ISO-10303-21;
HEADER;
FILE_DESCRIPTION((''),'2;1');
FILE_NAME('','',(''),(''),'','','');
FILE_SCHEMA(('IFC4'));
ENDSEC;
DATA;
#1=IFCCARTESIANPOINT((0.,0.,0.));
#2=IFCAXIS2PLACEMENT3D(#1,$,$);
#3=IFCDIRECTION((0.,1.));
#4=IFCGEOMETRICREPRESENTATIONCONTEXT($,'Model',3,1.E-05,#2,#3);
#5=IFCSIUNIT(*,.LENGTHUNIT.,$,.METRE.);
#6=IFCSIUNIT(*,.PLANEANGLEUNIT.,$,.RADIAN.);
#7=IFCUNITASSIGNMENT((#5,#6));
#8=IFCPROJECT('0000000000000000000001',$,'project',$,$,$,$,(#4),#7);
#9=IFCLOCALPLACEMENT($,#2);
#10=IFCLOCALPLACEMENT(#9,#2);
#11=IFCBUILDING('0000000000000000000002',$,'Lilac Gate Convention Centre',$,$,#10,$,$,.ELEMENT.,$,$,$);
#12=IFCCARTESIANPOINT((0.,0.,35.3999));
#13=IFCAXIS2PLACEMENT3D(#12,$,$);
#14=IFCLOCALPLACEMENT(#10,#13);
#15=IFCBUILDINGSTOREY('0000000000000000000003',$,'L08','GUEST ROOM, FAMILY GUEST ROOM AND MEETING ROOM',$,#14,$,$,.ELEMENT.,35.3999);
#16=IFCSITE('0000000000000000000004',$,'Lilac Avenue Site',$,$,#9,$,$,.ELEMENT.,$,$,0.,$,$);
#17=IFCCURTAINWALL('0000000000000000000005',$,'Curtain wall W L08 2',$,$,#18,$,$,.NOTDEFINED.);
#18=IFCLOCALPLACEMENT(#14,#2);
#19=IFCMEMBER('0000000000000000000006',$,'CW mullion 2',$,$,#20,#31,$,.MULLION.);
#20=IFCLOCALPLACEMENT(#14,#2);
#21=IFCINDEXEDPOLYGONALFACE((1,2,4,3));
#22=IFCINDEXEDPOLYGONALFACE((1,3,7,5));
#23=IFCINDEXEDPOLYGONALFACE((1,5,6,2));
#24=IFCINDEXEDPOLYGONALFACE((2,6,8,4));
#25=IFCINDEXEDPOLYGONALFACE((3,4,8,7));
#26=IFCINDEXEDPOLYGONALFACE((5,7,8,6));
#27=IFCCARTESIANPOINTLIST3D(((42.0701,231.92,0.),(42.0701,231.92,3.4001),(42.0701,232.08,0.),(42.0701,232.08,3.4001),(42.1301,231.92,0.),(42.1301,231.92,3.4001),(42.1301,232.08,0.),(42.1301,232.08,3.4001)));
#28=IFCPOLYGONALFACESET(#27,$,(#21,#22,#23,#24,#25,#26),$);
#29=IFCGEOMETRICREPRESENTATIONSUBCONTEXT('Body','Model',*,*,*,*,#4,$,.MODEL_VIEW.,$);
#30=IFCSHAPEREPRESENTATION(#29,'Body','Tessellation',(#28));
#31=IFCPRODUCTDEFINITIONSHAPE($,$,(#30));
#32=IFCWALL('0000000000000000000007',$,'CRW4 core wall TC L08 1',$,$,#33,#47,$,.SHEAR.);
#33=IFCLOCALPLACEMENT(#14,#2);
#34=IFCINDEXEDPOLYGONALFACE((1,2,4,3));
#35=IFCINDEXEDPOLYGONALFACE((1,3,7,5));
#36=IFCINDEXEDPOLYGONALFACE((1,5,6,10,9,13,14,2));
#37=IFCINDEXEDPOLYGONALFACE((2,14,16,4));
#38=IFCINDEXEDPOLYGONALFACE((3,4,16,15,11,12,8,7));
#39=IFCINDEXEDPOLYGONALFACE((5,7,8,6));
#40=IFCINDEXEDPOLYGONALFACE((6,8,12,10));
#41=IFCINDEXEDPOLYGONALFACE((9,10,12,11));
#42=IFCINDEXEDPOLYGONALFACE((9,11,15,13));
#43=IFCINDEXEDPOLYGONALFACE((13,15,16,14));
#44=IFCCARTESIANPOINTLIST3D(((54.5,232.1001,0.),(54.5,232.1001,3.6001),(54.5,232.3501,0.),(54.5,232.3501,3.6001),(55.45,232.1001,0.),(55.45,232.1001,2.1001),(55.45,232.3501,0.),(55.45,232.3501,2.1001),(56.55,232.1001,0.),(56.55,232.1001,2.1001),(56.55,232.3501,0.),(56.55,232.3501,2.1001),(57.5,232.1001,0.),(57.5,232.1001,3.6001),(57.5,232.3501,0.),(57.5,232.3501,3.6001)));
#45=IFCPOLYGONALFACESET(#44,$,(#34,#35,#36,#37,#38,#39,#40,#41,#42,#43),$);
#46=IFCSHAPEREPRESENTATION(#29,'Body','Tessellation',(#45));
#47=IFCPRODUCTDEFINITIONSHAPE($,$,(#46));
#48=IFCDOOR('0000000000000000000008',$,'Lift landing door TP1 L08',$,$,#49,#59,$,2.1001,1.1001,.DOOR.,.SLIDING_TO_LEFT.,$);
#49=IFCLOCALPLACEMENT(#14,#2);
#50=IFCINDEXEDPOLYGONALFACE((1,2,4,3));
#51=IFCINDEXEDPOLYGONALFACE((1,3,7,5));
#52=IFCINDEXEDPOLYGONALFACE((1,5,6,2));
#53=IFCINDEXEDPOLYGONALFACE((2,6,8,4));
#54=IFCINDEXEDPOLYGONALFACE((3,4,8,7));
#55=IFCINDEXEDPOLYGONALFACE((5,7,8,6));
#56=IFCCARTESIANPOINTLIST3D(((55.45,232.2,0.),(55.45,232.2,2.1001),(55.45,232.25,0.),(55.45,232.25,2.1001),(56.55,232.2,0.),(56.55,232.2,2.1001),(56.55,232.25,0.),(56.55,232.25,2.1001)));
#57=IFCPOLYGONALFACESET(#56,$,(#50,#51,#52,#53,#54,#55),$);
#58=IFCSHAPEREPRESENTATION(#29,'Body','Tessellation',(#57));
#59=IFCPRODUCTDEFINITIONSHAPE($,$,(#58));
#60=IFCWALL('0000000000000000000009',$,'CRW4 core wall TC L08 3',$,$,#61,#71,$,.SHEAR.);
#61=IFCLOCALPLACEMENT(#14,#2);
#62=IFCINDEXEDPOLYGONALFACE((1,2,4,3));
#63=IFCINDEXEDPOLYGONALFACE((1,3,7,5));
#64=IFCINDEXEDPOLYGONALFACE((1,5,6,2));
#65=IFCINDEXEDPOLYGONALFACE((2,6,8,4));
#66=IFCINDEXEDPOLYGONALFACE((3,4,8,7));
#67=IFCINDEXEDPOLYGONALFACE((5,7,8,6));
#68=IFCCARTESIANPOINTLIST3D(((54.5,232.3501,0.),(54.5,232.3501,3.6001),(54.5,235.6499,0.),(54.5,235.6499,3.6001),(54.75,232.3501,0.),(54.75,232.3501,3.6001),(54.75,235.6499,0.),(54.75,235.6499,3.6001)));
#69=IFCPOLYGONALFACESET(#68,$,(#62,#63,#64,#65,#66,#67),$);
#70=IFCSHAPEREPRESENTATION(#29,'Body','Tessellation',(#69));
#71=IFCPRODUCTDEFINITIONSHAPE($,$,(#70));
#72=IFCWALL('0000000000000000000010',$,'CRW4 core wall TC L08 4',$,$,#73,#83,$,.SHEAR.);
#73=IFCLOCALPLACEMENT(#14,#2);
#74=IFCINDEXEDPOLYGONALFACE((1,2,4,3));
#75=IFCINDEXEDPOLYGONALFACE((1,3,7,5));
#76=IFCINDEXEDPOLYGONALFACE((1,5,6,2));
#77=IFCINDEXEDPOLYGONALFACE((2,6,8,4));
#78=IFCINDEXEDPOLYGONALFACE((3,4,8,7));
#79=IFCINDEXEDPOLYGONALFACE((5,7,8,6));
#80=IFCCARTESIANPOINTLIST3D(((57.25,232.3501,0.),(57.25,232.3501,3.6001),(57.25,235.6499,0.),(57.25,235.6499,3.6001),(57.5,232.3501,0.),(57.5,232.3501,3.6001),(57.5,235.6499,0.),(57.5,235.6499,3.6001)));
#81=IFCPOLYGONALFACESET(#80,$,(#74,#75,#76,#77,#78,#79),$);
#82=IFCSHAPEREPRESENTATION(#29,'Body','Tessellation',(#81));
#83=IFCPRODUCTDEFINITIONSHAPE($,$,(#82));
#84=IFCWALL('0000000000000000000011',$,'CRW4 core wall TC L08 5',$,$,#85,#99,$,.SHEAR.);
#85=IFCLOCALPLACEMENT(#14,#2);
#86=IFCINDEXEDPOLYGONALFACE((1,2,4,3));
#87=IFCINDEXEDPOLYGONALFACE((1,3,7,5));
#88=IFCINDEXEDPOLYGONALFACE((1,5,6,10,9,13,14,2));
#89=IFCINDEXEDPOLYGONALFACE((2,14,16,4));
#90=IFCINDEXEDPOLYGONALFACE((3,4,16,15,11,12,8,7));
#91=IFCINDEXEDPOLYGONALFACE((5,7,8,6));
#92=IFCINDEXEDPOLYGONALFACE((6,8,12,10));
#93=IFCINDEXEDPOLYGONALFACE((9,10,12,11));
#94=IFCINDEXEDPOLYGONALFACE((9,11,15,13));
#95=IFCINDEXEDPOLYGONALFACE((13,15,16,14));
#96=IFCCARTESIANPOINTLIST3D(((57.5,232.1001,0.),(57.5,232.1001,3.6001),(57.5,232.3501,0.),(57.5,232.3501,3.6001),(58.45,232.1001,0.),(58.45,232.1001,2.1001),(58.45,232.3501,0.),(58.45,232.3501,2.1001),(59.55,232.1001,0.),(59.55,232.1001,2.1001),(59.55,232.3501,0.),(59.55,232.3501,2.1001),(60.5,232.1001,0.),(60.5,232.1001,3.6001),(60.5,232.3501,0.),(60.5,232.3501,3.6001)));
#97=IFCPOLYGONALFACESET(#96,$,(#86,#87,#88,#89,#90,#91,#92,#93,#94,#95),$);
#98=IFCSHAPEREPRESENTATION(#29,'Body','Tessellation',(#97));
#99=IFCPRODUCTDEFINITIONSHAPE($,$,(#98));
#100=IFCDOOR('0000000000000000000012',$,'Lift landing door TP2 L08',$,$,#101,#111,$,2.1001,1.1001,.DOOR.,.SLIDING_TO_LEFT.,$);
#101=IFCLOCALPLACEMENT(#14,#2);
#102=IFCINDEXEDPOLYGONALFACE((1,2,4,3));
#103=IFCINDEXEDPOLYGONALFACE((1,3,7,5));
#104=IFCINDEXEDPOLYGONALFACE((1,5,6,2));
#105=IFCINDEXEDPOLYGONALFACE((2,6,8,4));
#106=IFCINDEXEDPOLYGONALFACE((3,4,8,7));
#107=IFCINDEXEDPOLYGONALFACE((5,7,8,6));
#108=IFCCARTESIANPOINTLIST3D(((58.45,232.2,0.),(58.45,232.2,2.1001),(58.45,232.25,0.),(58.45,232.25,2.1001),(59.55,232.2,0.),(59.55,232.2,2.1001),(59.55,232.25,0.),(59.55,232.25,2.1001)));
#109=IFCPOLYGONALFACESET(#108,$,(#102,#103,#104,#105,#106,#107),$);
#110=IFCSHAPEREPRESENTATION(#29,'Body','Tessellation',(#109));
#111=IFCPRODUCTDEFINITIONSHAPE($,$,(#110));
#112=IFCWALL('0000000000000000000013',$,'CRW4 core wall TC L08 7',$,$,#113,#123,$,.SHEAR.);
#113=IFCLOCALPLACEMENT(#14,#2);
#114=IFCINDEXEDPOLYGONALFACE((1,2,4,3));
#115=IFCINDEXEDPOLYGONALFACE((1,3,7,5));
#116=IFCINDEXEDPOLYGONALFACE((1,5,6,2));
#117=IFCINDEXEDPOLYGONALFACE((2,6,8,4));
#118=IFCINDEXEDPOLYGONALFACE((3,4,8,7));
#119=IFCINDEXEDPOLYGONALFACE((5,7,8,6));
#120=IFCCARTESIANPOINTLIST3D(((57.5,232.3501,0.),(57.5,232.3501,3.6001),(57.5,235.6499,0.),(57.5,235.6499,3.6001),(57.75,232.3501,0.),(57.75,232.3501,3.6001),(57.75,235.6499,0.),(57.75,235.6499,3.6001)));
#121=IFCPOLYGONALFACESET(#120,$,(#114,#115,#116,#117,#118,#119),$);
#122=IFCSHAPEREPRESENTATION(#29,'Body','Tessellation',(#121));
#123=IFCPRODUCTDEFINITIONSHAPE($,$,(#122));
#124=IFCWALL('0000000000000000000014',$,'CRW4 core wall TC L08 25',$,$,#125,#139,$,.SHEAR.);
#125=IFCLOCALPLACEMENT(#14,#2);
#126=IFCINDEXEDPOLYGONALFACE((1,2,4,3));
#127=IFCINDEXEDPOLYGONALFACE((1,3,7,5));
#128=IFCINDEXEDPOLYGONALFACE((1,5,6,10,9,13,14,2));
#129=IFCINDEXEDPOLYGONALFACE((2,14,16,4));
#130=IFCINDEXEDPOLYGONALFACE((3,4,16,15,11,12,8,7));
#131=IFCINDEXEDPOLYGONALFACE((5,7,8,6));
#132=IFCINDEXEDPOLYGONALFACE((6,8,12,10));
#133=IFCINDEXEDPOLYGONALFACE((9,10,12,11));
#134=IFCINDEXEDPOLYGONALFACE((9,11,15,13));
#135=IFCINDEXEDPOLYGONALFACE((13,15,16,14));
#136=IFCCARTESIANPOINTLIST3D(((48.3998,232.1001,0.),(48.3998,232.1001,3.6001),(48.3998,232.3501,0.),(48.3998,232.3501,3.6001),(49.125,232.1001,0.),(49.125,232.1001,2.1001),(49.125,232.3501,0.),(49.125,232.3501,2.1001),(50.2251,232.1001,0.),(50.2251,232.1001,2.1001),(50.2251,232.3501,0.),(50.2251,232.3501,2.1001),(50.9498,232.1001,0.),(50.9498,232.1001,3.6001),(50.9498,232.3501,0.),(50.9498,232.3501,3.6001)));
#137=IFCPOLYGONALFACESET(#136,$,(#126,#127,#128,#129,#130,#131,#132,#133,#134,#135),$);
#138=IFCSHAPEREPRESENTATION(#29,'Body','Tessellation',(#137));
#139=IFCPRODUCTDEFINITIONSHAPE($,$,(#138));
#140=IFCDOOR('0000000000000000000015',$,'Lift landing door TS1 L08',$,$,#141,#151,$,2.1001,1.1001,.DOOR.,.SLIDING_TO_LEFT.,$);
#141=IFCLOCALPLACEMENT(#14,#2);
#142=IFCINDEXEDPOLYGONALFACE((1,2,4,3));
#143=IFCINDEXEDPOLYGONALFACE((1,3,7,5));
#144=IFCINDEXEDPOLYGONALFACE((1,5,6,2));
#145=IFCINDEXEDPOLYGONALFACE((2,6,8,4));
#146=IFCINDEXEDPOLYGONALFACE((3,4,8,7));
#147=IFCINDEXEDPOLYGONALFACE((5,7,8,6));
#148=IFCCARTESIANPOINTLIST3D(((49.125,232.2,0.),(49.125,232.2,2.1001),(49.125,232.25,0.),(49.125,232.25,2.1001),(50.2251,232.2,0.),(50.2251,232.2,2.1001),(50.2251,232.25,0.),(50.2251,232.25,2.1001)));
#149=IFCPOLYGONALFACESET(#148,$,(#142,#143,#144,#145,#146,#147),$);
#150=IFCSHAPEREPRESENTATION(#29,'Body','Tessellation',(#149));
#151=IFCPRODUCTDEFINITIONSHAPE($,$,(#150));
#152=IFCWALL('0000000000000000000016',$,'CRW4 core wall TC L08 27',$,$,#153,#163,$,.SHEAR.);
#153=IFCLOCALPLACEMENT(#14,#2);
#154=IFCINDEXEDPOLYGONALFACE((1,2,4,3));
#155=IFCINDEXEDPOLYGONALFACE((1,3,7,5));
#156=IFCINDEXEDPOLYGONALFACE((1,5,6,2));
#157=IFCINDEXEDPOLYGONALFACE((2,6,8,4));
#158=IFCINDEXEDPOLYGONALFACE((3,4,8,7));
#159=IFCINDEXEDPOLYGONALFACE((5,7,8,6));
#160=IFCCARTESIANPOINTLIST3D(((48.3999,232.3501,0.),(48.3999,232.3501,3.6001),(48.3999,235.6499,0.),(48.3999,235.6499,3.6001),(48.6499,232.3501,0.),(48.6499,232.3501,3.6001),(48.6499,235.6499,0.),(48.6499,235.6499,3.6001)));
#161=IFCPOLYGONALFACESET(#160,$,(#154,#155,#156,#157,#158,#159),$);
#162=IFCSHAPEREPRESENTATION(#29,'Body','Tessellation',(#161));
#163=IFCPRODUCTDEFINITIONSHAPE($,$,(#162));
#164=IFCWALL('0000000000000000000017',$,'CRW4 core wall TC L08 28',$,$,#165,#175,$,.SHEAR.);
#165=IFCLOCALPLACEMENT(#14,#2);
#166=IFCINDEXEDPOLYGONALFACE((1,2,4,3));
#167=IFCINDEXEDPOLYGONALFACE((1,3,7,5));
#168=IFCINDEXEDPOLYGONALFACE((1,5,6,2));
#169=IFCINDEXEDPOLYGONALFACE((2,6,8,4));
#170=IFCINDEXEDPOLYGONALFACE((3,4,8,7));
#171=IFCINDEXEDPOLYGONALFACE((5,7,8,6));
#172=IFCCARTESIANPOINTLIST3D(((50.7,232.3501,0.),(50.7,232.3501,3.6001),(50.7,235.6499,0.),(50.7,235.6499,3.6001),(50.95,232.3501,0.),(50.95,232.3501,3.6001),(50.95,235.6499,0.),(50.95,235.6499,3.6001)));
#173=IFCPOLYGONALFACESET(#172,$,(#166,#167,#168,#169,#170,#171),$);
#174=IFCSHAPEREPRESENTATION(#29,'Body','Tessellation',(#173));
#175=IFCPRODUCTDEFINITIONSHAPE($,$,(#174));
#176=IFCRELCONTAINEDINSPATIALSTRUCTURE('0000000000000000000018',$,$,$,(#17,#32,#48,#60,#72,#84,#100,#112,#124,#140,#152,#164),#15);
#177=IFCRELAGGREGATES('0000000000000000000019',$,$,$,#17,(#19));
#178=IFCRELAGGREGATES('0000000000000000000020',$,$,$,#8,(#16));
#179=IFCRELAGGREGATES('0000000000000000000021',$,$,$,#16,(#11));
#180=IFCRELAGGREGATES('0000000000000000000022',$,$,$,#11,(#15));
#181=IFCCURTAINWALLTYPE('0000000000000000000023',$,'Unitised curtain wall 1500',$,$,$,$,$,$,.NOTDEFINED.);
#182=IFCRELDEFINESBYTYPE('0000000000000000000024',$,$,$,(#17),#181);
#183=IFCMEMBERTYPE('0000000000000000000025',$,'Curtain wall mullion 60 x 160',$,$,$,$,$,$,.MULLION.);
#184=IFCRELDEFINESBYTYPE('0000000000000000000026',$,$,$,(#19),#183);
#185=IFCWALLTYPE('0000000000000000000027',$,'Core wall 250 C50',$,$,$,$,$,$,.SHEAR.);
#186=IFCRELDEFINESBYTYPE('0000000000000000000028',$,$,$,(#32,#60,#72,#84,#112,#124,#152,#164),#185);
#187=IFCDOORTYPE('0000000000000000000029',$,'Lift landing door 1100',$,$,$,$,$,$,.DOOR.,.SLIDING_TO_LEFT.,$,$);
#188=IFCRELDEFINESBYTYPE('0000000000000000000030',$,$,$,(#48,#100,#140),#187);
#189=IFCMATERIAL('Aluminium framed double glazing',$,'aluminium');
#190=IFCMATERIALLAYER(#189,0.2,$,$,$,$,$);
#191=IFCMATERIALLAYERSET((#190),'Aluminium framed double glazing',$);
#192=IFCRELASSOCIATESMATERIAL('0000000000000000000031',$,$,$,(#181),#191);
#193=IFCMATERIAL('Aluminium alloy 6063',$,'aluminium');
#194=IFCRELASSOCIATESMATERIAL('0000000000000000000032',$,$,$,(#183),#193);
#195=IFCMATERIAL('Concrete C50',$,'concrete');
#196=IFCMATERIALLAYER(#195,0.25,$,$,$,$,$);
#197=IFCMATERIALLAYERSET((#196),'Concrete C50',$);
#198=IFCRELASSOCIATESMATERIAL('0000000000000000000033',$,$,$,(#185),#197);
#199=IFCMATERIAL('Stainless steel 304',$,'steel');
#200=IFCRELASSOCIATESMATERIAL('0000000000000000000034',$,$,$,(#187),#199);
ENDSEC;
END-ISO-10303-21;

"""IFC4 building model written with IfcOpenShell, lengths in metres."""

from ifc_helpers import new_model, si_unit, direction, frame, frame_2d, origin, origin_2d, place, context, subcontext, project, spatial, rectangle, extrude, material, layer, layer_set, material_profile, profile_set, type_object, element, fill, aggregate, save


model = new_model("IFC4")

# Units and contexts
model_context = context("Model", 3, precision=1e-05, world=origin(), true_north=direction((0.0, 1.0)))
body_context = subcontext(model_context, "Body", "Model", "MODEL_VIEW")
ifc_project = project(units=[si_unit("LENGTHUNIT", "METRE"), si_unit("PLANEANGLEUNIT", "RADIAN")], contexts=[model_context])

# Site, building, storey
site_placement = place(None, origin())
site = spatial("IfcSite", under=ifc_project, at=site_placement, Name="Lilac Avenue Site", CompositionType="ELEMENT", RefElevation=0.0)
building_placement = place(site_placement, origin())
building = spatial("IfcBuilding", under=site, at=building_placement, Name="Lilac Gate Convention Centre", CompositionType="ELEMENT")
storey_placement = place(building_placement, frame((0.0, 0.0, 35.3999)))
storey = spatial("IfcBuildingStorey", under=building, at=storey_placement, Name="L08", Description="GUEST ROOM, FAMILY GUEST ROOM AND MEETING ROOM", CompositionType="ELEMENT", Elevation=35.3999)

# Curtain wall, member
ifc_material_1 = material(Name="Aluminium framed double glazing", Category="aluminium")
ifc_layer_1 = layer(ifc_material_1, 0.2)
ifc_layer_set_1 = layer_set([ifc_layer_1], Name="Aluminium framed double glazing")
curtain_wall_type = type_object("IfcCurtainWallType", Name="Unitised curtain wall 1500", PredefinedType="NOTDEFINED", material=ifc_layer_set_1)
curtain_wall_placement = place(storey_placement, origin())
curtain_wall = element("IfcCurtainWall", 1, at=curtain_wall_placement, inside=storey, type_object=curtain_wall_type, Name="Curtain wall W L08 2", PredefinedType="NOTDEFINED")
ifc_material_2 = material(Name="Aluminium alloy 6063", Category="aluminium")
ifc_material_profile = material_profile(ifc_material_2, rectangle(XDim=0.0601, YDim=0.1599, at=origin_2d()), Name="Curtain wall mullion 60 x 160")
ifc_profile_set = profile_set([ifc_material_profile], Name="Aluminium alloy 6063")
member_type = type_object("IfcMemberType", Name="Curtain wall mullion 60 x 160", PredefinedType="MULLION", material=ifc_profile_set)
member_placement = place(storey_placement, frame((42.1001, 232.0, 0.0), z_axis=(0.0, 0.0, 1.0), x_axis=(1.0, 0.0, 0.0)))
member = element("IfcMember", 2, at=member_placement, type_object=member_type, Name="CW mullion 2", PredefinedType="MULLION", context=body_context, shape_type="SweptSolid", body=[
    extrude(rectangle(XDim=0.0601, YDim=0.1599, at=origin_2d()), origin(), (0.0, 0.0, 1.0), 3.4001),
])
aggregate(curtain_wall, [member])

# Wall, opening, door
ifc_material_3 = material(Name="Concrete C50", Category="concrete")
ifc_layer_2 = layer(ifc_material_3, 0.25)
ifc_layer_set_2 = layer_set([ifc_layer_2], Name="Concrete C50")
wall_type_1 = type_object("IfcWallType", Name="Core wall 250 C50", PredefinedType="SHEAR", material=ifc_layer_set_2)
wall_1_placement = place(storey_placement, frame((54.5, 232.2251, 0.0), z_axis=(0.0, 0.0, 1.0), x_axis=(1.0, 0.0, 0.0)))
wall_1 = element("IfcWall", 3, at=wall_1_placement, inside=storey, type_object=wall_type_1, Name="CRW4 core wall TC L08 1", PredefinedType="SHEAR", context=body_context, shape_type="SweptSolid", body=[
    extrude(rectangle(XDim=3.0, YDim=0.25, at=frame_2d((1.5, 0.0))), origin(), (0.0, 0.0, 1.0), 3.6001),
])
opening_1_placement = place(wall_1_placement, frame((0.95, 0.0, 0.0)))
opening_1 = element("IfcOpeningElement", 4, at=opening_1_placement, cuts=wall_1, PredefinedType="OPENING", context=body_context, shape_type="SweptSolid", body=[
    extrude(rectangle(XDim=1.1001, YDim=2.1001, at=frame_2d((0.55, 1.05))), frame((0.0, 0.135, 0.0), z_axis=(0.0, -1.0, 0.0), x_axis=(1.0, 0.0, 0.0)), (0.0, 0.0, 1.0), 0.27),
])
ifc_material_4 = material(Name="Stainless steel 304", Category="steel")
door_type_1 = type_object("IfcDoorType", Name="Lift landing door 1100", OperationType="SLIDING_TO_LEFT", PredefinedType="DOOR", material=ifc_material_4)
door_1_placement = place(opening_1_placement, origin())
door_1 = element("IfcDoor", 5, at=door_1_placement, inside=storey, type_object=door_type_1, Name="Lift landing door TP1 L08", OperationType="SLIDING_TO_LEFT", OverallHeight=2.1001, OverallWidth=1.1001, PredefinedType="DOOR", context=body_context, shape_type="SweptSolid", body=[
    extrude(rectangle(XDim=1.1001, YDim=2.1001, at=frame_2d((0.55, 1.05))), frame((0.0, 0.0249, 0.0), z_axis=(0.0, -1.0, 0.0), x_axis=(1.0, 0.0, 0.0)), (0.0, 0.0, 1.0), 0.05),
])
fill(opening_1, door_1)

# Walls
for number, where, z_axis, x_axis, name in (
    (6, (54.625, 232.3501, 0.0), (0.0, 0.0, 1.0), (0.0, 1.0, 0.0), "CRW4 core wall TC L08 3"),
    (7, (57.375, 232.3501, 0.0), (0.0, 0.0, 1.0), (0.0, 1.0, 0.0), "CRW4 core wall TC L08 4"),
):
    element("IfcWall", number, at=place(storey_placement, frame(where, z_axis=z_axis, x_axis=x_axis)), inside=storey, type_object=wall_type_1, Name=name, PredefinedType="SHEAR", context=body_context, shape_type="SweptSolid", body=[
        extrude(rectangle(XDim=3.2998, YDim=0.25, at=frame_2d((1.6499, 0.0))), origin(), (0.0, 0.0, 1.0), 3.6001),
    ])

# Wall, opening, door
wall_2_placement = place(storey_placement, frame((57.5, 232.2251, 0.0), z_axis=(0.0, 0.0, 1.0), x_axis=(1.0, 0.0, 0.0)))
wall_2 = element("IfcWall", 8, at=wall_2_placement, inside=storey, type_object=wall_type_1, Name="CRW4 core wall TC L08 5", PredefinedType="SHEAR", context=body_context, shape_type="SweptSolid", body=[
    extrude(rectangle(XDim=3.0, YDim=0.25, at=frame_2d((1.5, 0.0))), origin(), (0.0, 0.0, 1.0), 3.6001),
])
opening_2_placement = place(wall_2_placement, frame((0.95, 0.0, 0.0)))
opening_2 = element("IfcOpeningElement", 9, at=opening_2_placement, cuts=wall_2, PredefinedType="OPENING", context=body_context, shape_type="SweptSolid", body=[
    extrude(rectangle(XDim=1.1001, YDim=2.1001, at=frame_2d((0.55, 1.05))), frame((0.0, 0.135, 0.0), z_axis=(0.0, -1.0, 0.0), x_axis=(1.0, 0.0, 0.0)), (0.0, 0.0, 1.0), 0.27),
])
door_2_placement = place(opening_2_placement, origin())
door_2 = element("IfcDoor", 10, at=door_2_placement, inside=storey, type_object=door_type_1, Name="Lift landing door TP2 L08", OperationType="SLIDING_TO_LEFT", OverallHeight=2.1001, OverallWidth=1.1001, PredefinedType="DOOR", context=body_context, shape_type="SweptSolid", body=[
    extrude(rectangle(XDim=1.1001, YDim=2.1001, at=frame_2d((0.55, 1.05))), frame((0.0, 0.0249, 0.0), z_axis=(0.0, -1.0, 0.0), x_axis=(1.0, 0.0, 0.0)), (0.0, 0.0, 1.0), 0.05),
])
fill(opening_2, door_2)

# Wall
wall_3_placement = place(storey_placement, frame((57.625, 232.3501, 0.0), z_axis=(0.0, 0.0, 1.0), x_axis=(0.0, 1.0, 0.0)))
element("IfcWall", 11, at=wall_3_placement, inside=storey, type_object=wall_type_1, Name="CRW4 core wall TC L08 7", PredefinedType="SHEAR", context=body_context, shape_type="SweptSolid", body=[
    extrude(rectangle(XDim=3.2998, YDim=0.25, at=frame_2d((1.6499, 0.0))), origin(), (0.0, 0.0, 1.0), 3.6001),
])

# Wall, opening, door
wall_4_placement = place(storey_placement, frame((48.3999, 232.2251, 0.0), z_axis=(0.0, 0.0, 1.0), x_axis=(1.0, 0.0, 0.0)))
wall_4 = element("IfcWall", 12, at=wall_4_placement, inside=storey, type_object=wall_type_1, Name="CRW4 core wall TC L08 25", PredefinedType="SHEAR", context=body_context, shape_type="SweptSolid", body=[
    extrude(rectangle(XDim=2.55, YDim=0.25, at=frame_2d((1.2749, 0.0))), origin(), (0.0, 0.0, 1.0), 3.6001),
])
opening_3_placement = place(wall_4_placement, frame((0.7251, 0.0, 0.0)))
opening_3 = element("IfcOpeningElement", 13, at=opening_3_placement, cuts=wall_4, PredefinedType="OPENING", context=body_context, shape_type="SweptSolid", body=[
    extrude(rectangle(XDim=1.1001, YDim=2.1001, at=frame_2d((0.55, 1.05))), frame((0.0, 0.135, 0.0), z_axis=(0.0, -1.0, 0.0), x_axis=(1.0, 0.0, 0.0)), (0.0, 0.0, 1.0), 0.27),
])
door_3_placement = place(opening_3_placement, origin())
door_3 = element("IfcDoor", 14, at=door_3_placement, inside=storey, type_object=door_type_1, Name="Lift landing door TS1 L08", OperationType="SLIDING_TO_LEFT", OverallHeight=2.1001, OverallWidth=1.1001, PredefinedType="DOOR", context=body_context, shape_type="SweptSolid", body=[
    extrude(rectangle(XDim=1.1001, YDim=2.1001, at=frame_2d((0.55, 1.05))), frame((0.0, 0.0249, 0.0), z_axis=(0.0, -1.0, 0.0), x_axis=(1.0, 0.0, 0.0)), (0.0, 0.0, 1.0), 0.05),
])
fill(opening_3, door_3)

# Walls
for number, where, z_axis, x_axis, name in (
    (15, (48.5249, 232.3501, 0.0), (0.0, 0.0, 1.0), (0.0, 1.0, 0.0), "CRW4 core wall TC L08 27"),
    (16, (50.825, 232.3501, 0.0), (0.0, 0.0, 1.0), (0.0, 1.0, 0.0), "CRW4 core wall TC L08 28"),
):
    element("IfcWall", number, at=place(storey_placement, frame(where, z_axis=z_axis, x_axis=x_axis)), inside=storey, type_object=wall_type_1, Name=name, PredefinedType="SHEAR", context=body_context, shape_type="SweptSolid", body=[
        extrude(rectangle(XDim=3.2998, YDim=0.25, at=frame_2d((1.6499, 0.0))), origin(), (0.0, 0.0, 1.0), 3.6001),
    ])

save(model, "model.ifc")
